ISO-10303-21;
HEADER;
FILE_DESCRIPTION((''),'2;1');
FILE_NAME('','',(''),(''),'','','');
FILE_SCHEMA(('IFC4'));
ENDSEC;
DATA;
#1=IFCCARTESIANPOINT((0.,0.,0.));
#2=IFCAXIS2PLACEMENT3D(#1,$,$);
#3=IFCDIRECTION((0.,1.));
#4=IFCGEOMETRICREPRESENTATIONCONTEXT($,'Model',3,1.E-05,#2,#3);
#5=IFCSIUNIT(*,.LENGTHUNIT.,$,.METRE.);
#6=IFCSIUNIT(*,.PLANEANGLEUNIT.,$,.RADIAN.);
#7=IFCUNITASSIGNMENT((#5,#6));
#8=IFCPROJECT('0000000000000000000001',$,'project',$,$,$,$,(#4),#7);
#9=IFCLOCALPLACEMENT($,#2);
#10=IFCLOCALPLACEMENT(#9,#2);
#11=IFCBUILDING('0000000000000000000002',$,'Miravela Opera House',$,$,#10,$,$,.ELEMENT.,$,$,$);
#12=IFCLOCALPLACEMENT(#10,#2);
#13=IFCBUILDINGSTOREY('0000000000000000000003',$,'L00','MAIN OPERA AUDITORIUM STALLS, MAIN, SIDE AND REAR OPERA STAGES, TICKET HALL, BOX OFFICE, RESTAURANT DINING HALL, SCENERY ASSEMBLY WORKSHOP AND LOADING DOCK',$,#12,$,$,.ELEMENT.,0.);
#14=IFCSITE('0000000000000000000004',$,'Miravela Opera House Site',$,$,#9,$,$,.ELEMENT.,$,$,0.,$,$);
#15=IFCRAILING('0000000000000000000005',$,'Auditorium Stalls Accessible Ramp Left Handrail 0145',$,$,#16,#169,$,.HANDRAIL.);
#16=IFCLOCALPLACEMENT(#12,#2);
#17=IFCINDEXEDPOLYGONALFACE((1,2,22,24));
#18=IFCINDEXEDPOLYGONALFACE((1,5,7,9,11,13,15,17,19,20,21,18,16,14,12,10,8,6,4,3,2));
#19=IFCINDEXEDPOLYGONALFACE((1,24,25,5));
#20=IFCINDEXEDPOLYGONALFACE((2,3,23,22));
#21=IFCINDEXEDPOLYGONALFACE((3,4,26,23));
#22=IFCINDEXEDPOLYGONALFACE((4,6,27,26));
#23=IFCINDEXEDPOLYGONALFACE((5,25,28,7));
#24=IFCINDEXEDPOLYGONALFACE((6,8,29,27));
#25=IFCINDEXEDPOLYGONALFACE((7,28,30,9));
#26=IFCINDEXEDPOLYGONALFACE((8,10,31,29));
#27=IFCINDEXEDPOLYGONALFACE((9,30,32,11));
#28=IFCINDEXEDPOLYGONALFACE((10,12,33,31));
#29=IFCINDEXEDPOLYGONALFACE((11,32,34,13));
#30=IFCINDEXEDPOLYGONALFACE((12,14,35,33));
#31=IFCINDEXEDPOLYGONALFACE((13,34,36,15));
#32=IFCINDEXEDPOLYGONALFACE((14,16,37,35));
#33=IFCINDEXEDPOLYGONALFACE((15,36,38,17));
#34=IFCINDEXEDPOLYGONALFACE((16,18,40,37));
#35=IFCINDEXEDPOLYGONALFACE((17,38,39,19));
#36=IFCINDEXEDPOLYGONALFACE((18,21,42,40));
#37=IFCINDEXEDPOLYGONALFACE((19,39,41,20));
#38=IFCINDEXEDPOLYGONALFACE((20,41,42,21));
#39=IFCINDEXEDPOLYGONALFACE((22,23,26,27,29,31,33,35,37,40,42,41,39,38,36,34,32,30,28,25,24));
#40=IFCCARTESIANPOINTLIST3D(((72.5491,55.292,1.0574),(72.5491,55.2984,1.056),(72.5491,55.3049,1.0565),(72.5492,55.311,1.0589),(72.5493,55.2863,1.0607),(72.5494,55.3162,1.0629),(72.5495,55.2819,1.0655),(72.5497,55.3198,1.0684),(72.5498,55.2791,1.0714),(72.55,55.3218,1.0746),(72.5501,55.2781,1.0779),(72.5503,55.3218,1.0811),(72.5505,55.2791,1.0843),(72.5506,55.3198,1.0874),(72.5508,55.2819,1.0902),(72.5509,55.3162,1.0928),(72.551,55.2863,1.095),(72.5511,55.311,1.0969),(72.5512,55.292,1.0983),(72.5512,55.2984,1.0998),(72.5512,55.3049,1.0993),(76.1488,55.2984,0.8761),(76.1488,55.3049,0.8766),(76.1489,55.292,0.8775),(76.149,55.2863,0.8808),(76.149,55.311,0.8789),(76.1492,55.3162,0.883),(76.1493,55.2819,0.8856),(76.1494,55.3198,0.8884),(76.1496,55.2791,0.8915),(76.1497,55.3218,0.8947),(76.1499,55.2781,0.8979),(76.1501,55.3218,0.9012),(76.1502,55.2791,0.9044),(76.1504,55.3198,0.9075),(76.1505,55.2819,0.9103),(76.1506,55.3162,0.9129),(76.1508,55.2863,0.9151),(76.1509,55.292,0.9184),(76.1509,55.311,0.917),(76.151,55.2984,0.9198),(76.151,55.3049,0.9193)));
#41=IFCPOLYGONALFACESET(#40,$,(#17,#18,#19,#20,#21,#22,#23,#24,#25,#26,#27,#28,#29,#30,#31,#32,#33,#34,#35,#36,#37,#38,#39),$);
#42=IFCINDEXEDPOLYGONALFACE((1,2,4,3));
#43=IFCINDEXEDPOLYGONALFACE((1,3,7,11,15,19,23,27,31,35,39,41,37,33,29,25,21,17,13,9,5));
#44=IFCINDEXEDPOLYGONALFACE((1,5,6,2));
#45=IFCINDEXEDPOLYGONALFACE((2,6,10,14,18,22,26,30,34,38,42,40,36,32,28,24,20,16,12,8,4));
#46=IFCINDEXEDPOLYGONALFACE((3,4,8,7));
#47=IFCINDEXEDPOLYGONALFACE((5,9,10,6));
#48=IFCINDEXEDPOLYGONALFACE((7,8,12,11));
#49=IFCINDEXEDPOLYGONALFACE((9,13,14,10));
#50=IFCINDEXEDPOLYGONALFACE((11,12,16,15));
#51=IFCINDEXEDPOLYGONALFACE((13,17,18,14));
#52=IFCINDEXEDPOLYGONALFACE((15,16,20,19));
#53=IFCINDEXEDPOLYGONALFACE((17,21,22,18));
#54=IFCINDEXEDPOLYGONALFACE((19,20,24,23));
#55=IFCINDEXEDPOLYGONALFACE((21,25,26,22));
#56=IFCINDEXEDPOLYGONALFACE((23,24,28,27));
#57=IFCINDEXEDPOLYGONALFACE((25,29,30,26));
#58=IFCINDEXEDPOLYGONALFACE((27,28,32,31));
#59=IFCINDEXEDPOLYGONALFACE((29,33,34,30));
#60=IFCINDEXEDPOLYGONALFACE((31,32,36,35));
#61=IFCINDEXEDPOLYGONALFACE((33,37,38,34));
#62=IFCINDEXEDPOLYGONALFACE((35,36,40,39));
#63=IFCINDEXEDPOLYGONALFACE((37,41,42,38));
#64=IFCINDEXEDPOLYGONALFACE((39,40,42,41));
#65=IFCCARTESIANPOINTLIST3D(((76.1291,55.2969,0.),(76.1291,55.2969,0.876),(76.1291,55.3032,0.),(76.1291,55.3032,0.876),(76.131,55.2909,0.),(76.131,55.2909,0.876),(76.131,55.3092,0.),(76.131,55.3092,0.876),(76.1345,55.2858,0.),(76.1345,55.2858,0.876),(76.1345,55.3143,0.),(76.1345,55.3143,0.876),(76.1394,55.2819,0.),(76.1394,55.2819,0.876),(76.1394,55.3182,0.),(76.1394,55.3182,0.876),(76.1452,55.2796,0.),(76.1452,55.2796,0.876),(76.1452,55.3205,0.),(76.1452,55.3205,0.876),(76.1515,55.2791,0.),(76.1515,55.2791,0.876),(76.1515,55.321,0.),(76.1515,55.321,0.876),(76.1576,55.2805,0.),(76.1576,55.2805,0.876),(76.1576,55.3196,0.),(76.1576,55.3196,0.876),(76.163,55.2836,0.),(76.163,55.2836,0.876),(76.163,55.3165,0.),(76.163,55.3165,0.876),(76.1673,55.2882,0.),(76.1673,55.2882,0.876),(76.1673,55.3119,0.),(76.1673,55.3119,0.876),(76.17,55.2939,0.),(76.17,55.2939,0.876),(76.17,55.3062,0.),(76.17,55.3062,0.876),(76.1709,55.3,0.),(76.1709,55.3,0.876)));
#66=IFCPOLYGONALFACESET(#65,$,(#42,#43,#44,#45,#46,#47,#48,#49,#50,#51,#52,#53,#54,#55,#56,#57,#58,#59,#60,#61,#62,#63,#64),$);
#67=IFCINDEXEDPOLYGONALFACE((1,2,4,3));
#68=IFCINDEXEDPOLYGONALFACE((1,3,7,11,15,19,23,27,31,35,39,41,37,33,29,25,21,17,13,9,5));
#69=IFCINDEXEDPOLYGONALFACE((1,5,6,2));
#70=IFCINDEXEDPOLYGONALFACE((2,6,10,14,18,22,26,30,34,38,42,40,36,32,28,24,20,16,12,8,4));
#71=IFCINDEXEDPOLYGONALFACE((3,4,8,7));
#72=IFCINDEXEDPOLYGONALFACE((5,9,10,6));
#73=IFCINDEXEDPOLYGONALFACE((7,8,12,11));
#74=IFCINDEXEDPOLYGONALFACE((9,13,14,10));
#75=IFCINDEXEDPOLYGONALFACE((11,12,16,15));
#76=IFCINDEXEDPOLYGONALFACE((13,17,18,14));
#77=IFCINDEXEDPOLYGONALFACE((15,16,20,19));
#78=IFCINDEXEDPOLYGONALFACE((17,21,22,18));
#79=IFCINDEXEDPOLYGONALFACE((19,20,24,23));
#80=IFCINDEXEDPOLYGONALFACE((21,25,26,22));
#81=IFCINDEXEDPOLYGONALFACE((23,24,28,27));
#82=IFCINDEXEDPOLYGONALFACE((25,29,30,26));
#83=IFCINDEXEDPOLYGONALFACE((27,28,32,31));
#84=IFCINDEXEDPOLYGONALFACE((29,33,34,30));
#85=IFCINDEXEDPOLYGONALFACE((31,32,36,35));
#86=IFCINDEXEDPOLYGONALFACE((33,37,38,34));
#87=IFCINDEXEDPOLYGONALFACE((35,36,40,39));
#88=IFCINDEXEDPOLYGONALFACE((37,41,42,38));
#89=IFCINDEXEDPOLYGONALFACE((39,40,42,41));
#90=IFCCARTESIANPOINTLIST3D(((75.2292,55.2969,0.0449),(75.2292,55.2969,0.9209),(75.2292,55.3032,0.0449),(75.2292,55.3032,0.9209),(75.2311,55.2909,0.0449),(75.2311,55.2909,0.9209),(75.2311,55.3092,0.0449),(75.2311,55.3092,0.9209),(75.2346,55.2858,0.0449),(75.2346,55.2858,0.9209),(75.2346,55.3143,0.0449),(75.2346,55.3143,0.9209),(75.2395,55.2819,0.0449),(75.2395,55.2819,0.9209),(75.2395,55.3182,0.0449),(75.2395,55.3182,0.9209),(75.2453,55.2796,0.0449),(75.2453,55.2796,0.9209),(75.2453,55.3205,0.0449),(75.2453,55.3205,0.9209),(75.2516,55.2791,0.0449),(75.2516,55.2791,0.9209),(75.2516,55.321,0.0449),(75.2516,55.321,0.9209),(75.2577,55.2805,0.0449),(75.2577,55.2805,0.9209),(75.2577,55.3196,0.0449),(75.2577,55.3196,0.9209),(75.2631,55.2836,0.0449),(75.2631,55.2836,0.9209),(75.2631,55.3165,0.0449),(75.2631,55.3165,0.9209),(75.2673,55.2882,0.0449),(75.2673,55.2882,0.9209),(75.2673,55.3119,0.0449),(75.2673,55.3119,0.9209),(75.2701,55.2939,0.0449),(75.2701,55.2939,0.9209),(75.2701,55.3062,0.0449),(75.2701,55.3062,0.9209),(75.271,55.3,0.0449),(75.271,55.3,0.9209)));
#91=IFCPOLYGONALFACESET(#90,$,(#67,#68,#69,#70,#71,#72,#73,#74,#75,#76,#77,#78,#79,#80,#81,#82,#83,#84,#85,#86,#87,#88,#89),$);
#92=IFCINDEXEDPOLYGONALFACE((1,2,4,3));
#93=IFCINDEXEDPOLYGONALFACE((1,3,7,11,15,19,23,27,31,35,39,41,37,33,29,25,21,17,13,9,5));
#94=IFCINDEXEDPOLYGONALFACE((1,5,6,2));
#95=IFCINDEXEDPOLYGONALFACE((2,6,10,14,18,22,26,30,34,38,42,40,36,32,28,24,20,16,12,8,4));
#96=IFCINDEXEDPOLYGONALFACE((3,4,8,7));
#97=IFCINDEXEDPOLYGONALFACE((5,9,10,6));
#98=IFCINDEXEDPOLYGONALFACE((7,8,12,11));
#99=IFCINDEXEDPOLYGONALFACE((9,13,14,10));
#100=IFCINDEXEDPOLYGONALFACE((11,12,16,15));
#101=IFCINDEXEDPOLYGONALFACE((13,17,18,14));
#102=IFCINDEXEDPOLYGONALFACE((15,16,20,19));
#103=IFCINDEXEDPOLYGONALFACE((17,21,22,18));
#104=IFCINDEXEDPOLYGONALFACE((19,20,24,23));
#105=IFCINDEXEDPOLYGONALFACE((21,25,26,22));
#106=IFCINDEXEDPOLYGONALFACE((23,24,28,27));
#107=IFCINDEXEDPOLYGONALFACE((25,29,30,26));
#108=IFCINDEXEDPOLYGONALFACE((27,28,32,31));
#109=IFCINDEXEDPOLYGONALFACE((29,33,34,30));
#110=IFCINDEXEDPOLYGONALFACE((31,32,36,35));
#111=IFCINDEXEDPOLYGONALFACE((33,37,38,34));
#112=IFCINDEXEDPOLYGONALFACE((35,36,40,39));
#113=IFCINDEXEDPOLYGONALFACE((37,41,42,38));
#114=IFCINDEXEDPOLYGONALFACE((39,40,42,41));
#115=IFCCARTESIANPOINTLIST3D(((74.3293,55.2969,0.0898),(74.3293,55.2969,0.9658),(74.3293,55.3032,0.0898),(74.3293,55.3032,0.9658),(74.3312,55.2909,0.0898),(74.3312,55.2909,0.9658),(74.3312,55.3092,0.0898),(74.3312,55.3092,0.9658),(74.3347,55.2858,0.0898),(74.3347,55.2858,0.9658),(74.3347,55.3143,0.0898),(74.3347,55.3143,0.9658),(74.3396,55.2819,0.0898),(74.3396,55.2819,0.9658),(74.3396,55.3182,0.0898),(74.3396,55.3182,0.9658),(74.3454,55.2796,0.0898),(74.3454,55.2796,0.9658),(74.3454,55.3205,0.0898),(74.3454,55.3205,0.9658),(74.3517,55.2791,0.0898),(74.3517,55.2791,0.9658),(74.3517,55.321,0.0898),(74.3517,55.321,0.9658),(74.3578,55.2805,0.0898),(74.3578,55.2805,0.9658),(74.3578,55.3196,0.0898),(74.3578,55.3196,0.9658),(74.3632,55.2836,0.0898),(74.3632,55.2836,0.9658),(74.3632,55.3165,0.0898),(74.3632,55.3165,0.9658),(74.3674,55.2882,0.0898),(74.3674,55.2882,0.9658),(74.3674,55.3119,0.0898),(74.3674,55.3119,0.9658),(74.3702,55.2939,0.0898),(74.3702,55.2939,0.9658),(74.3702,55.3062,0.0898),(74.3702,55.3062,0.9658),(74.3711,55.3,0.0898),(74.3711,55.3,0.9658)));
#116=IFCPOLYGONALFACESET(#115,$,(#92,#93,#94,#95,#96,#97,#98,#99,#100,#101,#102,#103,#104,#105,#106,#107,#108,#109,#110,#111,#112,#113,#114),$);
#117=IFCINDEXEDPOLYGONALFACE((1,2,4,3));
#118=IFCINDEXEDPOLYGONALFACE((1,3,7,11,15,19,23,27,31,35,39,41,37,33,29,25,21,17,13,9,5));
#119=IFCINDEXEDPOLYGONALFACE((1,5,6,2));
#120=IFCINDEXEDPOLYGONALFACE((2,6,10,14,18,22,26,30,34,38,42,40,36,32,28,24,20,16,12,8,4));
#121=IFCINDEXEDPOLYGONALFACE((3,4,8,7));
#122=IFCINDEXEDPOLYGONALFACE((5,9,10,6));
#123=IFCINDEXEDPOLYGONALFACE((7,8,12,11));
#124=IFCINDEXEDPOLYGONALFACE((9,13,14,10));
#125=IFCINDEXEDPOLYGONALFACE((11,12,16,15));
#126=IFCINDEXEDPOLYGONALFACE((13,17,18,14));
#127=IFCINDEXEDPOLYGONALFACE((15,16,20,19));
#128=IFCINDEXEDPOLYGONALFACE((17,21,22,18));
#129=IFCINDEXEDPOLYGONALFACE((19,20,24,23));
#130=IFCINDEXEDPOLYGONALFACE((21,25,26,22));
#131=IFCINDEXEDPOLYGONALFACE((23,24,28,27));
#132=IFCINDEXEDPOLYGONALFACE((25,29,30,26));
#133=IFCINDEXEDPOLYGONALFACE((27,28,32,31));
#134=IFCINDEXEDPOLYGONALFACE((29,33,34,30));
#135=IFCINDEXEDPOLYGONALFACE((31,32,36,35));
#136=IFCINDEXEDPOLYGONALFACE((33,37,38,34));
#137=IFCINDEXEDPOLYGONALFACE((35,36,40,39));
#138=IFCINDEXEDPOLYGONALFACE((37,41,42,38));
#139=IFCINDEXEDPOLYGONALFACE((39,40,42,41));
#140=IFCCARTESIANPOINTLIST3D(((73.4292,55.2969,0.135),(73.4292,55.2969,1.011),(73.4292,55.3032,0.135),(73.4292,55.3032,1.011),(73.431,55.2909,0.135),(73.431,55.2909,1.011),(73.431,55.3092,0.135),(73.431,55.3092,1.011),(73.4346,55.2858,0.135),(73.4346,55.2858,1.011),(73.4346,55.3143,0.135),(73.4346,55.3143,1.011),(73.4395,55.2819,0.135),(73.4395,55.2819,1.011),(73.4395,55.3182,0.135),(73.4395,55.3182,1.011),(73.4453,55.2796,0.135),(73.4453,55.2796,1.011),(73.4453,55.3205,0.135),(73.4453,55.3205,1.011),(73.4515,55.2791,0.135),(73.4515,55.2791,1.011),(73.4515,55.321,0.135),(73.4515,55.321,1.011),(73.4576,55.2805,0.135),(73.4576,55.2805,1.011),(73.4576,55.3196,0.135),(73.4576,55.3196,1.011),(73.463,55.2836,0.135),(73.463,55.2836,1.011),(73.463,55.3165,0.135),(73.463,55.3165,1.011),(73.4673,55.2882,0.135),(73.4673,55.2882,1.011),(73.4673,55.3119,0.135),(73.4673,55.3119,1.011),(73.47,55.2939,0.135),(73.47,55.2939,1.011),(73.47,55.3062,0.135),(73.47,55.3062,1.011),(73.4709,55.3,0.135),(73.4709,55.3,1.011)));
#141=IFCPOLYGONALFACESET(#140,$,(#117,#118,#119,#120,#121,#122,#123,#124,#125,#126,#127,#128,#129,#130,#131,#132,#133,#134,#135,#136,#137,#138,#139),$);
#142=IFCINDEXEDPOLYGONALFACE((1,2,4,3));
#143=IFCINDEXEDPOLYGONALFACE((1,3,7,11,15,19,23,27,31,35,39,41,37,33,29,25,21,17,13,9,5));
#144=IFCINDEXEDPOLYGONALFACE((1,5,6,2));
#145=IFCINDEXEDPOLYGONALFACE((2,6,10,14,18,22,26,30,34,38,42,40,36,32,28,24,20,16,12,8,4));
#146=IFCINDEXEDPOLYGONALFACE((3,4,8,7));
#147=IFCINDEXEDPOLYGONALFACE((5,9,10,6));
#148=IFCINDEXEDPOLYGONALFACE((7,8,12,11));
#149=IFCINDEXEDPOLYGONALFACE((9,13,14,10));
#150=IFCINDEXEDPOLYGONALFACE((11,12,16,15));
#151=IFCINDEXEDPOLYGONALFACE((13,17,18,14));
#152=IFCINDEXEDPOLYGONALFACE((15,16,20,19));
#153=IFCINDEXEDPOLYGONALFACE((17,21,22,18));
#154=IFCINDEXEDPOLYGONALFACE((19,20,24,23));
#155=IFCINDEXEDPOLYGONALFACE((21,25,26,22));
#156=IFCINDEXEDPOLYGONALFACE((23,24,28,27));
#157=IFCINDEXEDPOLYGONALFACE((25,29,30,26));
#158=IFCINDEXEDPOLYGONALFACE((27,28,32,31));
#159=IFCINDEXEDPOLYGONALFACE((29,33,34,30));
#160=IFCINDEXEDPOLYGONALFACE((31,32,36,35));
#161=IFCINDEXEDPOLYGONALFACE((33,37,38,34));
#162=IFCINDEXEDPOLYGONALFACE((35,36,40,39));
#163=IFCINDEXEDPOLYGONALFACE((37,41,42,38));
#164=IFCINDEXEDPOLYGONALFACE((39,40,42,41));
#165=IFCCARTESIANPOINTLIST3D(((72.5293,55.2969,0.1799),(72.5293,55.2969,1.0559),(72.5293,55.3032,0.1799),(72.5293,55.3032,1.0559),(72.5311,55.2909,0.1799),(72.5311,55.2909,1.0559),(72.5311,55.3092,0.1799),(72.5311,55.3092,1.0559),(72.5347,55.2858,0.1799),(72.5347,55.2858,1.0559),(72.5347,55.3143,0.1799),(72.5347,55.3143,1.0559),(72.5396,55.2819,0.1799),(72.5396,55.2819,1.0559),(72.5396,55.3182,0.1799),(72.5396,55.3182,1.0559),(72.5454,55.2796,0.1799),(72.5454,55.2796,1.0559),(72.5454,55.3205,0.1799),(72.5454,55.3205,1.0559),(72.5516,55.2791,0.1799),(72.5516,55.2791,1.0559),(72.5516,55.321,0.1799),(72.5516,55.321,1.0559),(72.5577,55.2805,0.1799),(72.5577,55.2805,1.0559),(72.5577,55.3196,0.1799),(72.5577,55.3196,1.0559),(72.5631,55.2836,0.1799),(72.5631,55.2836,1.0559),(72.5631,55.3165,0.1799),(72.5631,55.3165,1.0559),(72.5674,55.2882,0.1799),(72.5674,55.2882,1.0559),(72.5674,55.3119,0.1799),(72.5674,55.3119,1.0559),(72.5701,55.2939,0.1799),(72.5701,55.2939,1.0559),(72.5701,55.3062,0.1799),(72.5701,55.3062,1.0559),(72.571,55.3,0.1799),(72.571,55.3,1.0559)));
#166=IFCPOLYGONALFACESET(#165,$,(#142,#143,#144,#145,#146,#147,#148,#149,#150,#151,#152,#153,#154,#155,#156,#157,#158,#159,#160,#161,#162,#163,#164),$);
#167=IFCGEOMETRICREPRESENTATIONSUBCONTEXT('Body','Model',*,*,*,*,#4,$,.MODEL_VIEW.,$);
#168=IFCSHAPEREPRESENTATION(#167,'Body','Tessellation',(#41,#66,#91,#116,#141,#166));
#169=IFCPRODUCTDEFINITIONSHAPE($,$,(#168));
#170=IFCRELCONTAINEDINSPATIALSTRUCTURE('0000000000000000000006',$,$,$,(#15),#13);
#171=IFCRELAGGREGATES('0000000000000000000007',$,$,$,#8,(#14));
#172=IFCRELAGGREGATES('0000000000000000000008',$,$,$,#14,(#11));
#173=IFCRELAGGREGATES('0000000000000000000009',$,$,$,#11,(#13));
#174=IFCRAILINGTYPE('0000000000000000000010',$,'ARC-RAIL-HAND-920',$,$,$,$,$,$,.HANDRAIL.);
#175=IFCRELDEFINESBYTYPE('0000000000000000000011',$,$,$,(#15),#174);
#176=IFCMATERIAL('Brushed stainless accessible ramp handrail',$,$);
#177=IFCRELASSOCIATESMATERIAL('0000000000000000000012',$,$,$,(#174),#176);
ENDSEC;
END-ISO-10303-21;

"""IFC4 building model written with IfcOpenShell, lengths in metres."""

from ifc_helpers import new_model, si_unit, direction, frame, origin, origin_2d, place, context, subcontext, project, spatial, circle, extrude, material, type_object, element, save


model = new_model("IFC4")

# Units and contexts
model_context = context("Model", 3, precision=1e-05, world=origin(), true_north=direction((0.0, 1.0)))
body_context = subcontext(model_context, "Body", "Model", "MODEL_VIEW")
ifc_project = project(units=[si_unit("LENGTHUNIT", "METRE"), si_unit("PLANEANGLEUNIT", "RADIAN")], contexts=[model_context])

# Site, building, storey
site_placement = place(None, origin())
site = spatial("IfcSite", under=ifc_project, at=site_placement, Name="Miravela Opera House Site", CompositionType="ELEMENT", RefElevation=0.0)
building_placement = place(site_placement, origin())
building = spatial("IfcBuilding", under=site, at=building_placement, Name="Miravela Opera House", CompositionType="ELEMENT")
storey_placement = place(building_placement, origin())
storey = spatial("IfcBuildingStorey", under=building, at=storey_placement, Name="L00", Description="MAIN OPERA AUDITORIUM STALLS, MAIN, SIDE AND REAR OPERA STAGES, TICKET HALL, BOX OFFICE, RESTAURANT DINING HALL, SCENERY ASSEMBLY WORKSHOP AND LOADING DOCK", CompositionType="ELEMENT", Elevation=0.0)

# Railing
ifc_material_1 = material(Name="Brushed stainless accessible ramp handrail")
railing_type_1 = type_object("IfcRailingType", Name="ARC-RAIL-HAND-920", PredefinedType="HANDRAIL", material=ifc_material_1)
railing_1_placement = place(storey_placement, frame((76.1499, 55.3, 0.0)))
element("IfcRailing", 1, at=railing_1_placement, inside=storey, type_object=railing_type_1, Name="Auditorium Stalls Accessible Ramp Left Handrail 0145", PredefinedType="HANDRAIL", context=body_context, shape_type="SweptSolid", body=[
    extrude(circle(Radius=0.022, at=origin_2d()), frame((0.0, 0.0, 0.8979), z_axis=(-0.998753, 0.0, 0.049921), x_axis=(0.0, -1.0, 0.0)), (0.0, 0.0, 1.0), 3.6042),
    extrude(circle(Radius=0.021, at=origin_2d()), origin(), (0.0, 0.0, 1.0), 0.876),
    extrude(circle(Radius=0.021, at=origin_2d()), frame((-0.8999, 0.0, 0.0449)), (0.0, 0.0, 1.0), 0.876),
    extrude(circle(Radius=0.021, at=origin_2d()), frame((-1.7998, 0.0, 0.0898)), (0.0, 0.0, 1.0), 0.876),
    extrude(circle(Radius=0.021, at=origin_2d()), frame((-2.7, 0.0, 0.135)), (0.0, 0.0, 1.0), 0.876),
    extrude(circle(Radius=0.021, at=origin_2d()), frame((-3.5999, 0.0, 0.1799)), (0.0, 0.0, 1.0), 0.876),
])

save(model, "model.ifc")
